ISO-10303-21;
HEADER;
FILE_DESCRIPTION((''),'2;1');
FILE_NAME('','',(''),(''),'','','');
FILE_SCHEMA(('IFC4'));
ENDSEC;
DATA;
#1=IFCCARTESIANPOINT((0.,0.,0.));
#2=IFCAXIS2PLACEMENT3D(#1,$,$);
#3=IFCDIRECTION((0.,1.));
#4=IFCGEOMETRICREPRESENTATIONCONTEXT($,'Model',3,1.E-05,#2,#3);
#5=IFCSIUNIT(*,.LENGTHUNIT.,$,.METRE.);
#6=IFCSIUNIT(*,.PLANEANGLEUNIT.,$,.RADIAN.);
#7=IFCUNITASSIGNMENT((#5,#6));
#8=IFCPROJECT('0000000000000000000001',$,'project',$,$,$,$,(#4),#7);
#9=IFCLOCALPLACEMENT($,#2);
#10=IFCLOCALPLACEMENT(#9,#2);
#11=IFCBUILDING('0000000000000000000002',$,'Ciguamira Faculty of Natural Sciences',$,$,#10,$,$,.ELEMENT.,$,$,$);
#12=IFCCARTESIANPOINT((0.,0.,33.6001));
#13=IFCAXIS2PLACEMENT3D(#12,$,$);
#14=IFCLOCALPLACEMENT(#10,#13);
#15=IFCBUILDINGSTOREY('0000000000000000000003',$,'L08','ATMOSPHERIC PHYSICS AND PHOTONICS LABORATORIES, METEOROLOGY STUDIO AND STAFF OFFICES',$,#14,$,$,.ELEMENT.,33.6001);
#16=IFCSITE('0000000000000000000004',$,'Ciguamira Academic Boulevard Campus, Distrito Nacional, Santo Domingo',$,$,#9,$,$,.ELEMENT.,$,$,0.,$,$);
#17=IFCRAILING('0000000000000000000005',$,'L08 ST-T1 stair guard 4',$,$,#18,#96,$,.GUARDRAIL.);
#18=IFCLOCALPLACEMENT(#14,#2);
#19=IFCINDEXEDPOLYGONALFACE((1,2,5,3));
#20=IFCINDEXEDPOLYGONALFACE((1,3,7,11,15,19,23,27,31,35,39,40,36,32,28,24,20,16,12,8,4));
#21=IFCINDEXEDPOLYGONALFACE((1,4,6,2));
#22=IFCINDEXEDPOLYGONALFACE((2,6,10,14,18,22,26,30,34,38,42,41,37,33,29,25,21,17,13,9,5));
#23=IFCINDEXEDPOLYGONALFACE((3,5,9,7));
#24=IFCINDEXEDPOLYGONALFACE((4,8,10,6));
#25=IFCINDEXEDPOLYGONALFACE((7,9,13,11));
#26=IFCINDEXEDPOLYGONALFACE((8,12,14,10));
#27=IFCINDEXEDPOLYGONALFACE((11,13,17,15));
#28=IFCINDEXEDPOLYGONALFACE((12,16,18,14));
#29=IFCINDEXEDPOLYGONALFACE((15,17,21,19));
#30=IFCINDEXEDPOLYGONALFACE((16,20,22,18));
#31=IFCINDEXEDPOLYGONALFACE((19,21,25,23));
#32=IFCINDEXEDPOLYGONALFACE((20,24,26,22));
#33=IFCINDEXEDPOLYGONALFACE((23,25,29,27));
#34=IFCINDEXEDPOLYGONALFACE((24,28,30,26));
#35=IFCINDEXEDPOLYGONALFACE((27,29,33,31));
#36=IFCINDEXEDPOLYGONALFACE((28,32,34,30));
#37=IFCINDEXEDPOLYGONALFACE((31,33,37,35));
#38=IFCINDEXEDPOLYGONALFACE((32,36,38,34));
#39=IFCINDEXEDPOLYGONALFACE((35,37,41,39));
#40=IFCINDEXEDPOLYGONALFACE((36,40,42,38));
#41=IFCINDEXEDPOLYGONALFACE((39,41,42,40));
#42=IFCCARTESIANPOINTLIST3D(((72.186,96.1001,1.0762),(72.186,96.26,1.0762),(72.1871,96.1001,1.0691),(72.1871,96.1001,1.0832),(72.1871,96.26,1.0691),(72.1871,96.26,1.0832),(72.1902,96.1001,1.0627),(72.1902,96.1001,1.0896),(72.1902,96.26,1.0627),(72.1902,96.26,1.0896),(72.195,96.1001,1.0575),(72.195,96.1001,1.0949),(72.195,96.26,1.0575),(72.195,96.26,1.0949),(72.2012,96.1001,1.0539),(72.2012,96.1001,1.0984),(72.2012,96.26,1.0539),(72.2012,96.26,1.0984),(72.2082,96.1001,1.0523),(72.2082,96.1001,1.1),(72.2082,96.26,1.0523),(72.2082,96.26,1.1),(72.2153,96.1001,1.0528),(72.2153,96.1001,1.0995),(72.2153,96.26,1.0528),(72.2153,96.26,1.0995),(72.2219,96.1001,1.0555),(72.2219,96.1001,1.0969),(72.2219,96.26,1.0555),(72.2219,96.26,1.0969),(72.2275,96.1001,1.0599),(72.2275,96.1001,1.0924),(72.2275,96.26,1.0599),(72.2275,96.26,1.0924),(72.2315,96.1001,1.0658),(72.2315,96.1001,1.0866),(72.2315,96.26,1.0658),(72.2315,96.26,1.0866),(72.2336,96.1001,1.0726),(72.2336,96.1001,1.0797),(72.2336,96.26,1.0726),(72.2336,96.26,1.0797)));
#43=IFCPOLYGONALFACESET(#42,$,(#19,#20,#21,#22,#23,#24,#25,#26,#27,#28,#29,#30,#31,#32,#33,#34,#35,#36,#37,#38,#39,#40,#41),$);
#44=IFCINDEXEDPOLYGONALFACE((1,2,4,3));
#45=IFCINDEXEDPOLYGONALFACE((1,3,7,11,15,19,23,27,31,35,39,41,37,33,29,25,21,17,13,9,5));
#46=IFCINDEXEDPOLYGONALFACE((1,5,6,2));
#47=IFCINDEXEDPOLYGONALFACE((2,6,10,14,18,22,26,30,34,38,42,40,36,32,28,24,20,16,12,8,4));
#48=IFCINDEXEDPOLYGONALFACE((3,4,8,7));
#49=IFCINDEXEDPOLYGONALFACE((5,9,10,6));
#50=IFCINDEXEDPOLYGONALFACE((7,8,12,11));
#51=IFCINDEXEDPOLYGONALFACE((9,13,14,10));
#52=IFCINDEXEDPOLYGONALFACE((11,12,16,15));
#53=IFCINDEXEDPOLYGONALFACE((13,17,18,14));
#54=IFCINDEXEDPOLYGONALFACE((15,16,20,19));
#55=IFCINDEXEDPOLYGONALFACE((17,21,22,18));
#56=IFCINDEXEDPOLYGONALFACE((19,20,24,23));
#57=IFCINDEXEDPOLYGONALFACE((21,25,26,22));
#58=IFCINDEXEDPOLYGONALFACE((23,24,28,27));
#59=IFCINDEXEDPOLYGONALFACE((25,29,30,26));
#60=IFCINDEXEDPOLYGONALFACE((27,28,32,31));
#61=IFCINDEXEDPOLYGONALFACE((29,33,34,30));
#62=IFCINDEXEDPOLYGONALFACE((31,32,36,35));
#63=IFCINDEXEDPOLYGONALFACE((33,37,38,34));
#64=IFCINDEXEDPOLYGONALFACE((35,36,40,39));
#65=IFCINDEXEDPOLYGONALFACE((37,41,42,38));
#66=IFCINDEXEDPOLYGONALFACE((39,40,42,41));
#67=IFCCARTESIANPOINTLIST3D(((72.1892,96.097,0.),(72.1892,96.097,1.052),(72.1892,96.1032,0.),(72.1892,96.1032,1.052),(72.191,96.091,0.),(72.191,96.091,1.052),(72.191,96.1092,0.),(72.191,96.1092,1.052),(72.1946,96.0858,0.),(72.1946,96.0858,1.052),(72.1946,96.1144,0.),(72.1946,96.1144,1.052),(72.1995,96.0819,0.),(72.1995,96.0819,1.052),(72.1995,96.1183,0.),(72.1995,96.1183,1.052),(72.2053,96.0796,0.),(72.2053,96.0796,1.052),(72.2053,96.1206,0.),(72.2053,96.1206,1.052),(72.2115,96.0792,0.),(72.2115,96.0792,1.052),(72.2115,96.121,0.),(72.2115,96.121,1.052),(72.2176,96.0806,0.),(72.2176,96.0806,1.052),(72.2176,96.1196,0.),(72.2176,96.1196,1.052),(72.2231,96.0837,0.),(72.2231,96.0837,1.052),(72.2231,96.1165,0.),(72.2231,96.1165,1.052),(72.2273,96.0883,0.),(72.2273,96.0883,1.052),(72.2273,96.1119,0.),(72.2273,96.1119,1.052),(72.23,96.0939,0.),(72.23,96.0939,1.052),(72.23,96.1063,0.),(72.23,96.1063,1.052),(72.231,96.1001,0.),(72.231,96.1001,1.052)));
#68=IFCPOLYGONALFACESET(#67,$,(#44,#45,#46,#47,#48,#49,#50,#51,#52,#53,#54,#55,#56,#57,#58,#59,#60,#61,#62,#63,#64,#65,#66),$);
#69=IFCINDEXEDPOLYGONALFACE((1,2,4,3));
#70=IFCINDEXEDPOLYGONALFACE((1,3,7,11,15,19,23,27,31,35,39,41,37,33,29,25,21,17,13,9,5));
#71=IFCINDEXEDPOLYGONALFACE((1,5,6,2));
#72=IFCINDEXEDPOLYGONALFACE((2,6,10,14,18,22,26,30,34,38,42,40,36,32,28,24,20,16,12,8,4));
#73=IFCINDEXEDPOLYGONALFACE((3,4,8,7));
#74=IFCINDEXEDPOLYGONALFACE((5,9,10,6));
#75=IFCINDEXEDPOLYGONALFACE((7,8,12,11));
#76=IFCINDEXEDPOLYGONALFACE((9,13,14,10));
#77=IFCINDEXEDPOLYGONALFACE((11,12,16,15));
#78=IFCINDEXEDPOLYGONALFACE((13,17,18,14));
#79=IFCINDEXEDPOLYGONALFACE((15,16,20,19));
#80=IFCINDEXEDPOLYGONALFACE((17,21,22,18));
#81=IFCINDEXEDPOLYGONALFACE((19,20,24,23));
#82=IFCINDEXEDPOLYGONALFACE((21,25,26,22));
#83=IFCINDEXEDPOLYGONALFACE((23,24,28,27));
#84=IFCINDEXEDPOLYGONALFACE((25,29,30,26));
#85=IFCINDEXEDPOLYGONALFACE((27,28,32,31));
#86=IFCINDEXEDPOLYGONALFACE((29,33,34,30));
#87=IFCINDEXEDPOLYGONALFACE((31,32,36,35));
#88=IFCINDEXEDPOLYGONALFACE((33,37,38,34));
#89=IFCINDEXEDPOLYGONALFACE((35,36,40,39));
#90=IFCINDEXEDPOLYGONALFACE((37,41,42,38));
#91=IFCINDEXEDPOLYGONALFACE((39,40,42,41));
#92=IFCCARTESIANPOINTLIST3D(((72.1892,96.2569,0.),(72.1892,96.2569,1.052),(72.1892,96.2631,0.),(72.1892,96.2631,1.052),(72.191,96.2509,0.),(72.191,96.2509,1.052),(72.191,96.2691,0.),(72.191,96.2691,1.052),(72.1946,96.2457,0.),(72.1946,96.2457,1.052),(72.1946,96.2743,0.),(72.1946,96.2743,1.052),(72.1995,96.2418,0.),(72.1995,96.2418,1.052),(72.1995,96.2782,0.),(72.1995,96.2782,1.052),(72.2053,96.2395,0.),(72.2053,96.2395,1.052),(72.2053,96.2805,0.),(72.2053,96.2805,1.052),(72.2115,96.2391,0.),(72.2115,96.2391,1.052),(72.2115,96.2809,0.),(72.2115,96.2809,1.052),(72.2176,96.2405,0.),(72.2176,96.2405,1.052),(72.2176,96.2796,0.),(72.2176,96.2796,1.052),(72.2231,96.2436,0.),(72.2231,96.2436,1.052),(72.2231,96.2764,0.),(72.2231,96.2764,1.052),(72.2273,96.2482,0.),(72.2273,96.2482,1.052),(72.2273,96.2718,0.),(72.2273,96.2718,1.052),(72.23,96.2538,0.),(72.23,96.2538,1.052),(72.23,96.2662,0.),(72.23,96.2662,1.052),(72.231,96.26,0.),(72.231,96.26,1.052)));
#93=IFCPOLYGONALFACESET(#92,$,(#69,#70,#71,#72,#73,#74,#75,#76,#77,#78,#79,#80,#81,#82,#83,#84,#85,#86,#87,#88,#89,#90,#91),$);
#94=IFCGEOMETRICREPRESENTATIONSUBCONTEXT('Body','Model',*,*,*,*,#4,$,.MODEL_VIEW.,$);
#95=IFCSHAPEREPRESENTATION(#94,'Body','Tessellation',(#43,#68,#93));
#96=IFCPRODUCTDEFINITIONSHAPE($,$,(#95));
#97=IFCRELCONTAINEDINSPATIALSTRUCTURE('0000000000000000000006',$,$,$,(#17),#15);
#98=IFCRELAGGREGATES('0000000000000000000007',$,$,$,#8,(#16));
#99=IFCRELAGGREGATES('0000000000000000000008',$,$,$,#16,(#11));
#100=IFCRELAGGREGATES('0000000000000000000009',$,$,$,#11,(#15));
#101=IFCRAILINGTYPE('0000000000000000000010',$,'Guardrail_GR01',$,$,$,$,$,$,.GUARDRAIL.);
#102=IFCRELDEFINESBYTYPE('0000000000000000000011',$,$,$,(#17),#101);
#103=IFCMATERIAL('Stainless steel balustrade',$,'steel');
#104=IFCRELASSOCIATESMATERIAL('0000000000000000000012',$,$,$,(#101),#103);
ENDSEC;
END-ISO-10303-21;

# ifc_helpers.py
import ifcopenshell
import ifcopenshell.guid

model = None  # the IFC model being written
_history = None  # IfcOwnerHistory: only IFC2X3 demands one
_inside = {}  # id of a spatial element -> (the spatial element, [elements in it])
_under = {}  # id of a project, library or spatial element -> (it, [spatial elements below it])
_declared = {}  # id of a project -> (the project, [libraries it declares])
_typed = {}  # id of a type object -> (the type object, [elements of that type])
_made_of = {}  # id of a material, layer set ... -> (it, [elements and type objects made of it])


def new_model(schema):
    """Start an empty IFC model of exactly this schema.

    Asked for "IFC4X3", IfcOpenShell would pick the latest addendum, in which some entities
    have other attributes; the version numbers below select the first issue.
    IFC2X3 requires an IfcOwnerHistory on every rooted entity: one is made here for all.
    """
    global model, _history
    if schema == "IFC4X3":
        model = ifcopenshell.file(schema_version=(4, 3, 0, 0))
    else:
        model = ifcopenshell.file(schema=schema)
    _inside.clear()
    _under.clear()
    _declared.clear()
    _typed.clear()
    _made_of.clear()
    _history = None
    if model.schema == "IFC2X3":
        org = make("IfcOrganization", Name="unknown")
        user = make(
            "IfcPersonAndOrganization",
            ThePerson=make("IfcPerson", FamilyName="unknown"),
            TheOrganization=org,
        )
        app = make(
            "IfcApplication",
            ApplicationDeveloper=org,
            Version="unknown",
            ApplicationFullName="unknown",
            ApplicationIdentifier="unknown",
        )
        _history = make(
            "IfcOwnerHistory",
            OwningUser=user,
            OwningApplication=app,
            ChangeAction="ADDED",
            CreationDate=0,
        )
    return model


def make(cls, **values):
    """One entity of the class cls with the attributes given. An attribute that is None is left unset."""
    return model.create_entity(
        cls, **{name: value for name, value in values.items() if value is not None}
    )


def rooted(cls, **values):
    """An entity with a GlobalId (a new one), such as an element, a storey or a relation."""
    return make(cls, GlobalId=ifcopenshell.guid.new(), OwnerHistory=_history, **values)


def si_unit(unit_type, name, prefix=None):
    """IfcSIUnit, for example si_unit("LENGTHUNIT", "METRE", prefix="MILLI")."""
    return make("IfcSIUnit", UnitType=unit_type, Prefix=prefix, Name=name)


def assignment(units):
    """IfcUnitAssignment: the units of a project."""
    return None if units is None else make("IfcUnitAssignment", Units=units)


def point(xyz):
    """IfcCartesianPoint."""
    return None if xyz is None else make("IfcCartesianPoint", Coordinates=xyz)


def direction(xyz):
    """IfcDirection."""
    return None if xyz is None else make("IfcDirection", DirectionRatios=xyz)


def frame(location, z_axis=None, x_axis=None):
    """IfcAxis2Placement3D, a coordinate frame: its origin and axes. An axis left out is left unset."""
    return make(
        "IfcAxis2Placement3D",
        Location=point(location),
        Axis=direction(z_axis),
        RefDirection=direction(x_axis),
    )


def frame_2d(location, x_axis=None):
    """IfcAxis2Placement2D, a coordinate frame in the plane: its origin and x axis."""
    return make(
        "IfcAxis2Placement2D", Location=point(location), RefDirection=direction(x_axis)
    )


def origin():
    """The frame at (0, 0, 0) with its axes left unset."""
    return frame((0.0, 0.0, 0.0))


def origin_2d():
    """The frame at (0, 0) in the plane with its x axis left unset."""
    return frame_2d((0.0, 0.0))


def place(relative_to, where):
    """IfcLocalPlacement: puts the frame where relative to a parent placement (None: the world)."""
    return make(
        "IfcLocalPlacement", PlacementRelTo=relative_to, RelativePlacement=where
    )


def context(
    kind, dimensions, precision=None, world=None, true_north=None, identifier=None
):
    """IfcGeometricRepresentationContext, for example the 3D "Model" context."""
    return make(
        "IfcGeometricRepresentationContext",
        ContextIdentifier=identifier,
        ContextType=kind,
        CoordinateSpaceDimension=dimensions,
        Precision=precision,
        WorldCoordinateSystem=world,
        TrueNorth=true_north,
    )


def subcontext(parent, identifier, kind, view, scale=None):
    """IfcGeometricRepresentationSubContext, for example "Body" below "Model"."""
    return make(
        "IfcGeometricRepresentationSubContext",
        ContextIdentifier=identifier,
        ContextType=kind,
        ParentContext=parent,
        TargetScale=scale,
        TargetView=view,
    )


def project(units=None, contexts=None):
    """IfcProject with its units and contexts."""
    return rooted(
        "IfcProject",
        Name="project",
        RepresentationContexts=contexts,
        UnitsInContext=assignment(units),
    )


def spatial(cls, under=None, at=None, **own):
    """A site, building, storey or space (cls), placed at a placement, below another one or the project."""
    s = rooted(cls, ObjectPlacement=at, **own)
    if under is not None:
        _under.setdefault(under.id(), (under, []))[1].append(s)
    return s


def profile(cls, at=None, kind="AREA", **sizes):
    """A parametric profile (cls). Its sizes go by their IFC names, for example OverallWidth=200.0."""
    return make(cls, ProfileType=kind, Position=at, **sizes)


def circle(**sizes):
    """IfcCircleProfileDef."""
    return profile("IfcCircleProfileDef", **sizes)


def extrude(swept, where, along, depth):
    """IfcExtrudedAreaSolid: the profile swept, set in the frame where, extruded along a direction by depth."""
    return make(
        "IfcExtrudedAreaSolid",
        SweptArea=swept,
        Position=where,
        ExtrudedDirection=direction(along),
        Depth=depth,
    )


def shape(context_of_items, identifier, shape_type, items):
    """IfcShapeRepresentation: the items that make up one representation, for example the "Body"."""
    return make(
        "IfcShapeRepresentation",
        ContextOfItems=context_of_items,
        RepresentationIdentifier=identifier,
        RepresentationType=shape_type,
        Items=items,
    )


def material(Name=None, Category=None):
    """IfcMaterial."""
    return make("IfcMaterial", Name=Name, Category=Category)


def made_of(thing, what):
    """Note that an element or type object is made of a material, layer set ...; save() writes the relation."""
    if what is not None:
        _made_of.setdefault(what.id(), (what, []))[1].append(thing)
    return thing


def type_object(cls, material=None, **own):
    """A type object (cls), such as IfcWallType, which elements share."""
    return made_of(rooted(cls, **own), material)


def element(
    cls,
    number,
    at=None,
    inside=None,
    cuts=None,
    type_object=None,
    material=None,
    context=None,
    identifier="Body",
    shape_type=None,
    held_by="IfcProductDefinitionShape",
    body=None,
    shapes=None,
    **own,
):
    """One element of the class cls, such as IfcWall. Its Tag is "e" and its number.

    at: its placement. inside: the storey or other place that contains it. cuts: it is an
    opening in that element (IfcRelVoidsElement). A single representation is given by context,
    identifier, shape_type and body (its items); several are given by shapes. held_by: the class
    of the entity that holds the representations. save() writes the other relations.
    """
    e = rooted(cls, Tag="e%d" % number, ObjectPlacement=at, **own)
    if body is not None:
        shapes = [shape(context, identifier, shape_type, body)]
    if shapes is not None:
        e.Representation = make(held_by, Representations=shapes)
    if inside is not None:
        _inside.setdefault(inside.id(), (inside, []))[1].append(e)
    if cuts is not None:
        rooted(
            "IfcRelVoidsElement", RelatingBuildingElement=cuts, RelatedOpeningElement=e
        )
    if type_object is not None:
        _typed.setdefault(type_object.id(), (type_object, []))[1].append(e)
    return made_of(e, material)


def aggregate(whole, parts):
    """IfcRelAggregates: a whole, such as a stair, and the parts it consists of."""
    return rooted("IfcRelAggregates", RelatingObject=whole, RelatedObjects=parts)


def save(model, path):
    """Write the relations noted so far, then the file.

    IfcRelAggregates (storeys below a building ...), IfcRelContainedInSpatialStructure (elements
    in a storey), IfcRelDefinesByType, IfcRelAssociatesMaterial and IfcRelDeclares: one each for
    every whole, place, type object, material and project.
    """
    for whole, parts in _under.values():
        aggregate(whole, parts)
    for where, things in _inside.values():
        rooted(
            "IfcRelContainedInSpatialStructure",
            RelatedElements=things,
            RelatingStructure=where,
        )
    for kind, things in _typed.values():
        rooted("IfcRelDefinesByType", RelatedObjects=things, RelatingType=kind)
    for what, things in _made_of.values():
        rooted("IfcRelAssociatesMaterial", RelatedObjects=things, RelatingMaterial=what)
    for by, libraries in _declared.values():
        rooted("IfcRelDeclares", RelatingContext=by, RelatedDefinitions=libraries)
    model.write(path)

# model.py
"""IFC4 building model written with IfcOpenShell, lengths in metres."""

from ifc_helpers import new_model, si_unit, direction, frame, origin, origin_2d, place, context, subcontext, project, spatial, circle, extrude, material, type_object, element, save


model = new_model("IFC4")

# Units and contexts
model_context = context("Model", 3, precision=1e-05, world=origin(), true_north=direction((0.0, 1.0)))
body_context = subcontext(model_context, "Body", "Model", "MODEL_VIEW")
ifc_project = project(units=[si_unit("LENGTHUNIT", "METRE"), si_unit("PLANEANGLEUNIT", "RADIAN")], contexts=[model_context])

# Site, building, storey
site_placement = place(None, origin())
site = spatial("IfcSite", under=ifc_project, at=site_placement, Name="Ciguamira Academic Boulevard Campus, Distrito Nacional, Santo Domingo", CompositionType="ELEMENT", RefElevation=0.0)
building_placement = place(site_placement, origin())
building = spatial("IfcBuilding", under=site, at=building_placement, Name="Ciguamira Faculty of Natural Sciences", CompositionType="ELEMENT")
storey_placement = place(building_placement, frame((0.0, 0.0, 33.6001)))
storey = spatial("IfcBuildingStorey", under=building, at=storey_placement, Name="L08", Description="ATMOSPHERIC PHYSICS AND PHOTONICS LABORATORIES, METEOROLOGY STUDIO AND STAFF OFFICES", CompositionType="ELEMENT", Elevation=33.6001)

# Railing
ifc_material_1 = material(Name="Stainless steel balustrade", Category="steel")
railing_type_1 = type_object("IfcRailingType", Name="Guardrail_GR01", PredefinedType="GUARDRAIL", material=ifc_material_1)
railing_1_placement = place(storey_placement, frame((72.21, 96.1001, 0.0)))
element("IfcRailing", 1, at=railing_1_placement, inside=storey, type_object=railing_type_1, Name="L08 ST-T1 stair guard 4", PredefinedType="GUARDRAIL", context=body_context, shape_type="SweptSolid", body=[
    extrude(circle(Radius=0.0239, at=origin_2d()), frame((0.0, 0.0, 1.0762), z_axis=(0.0, 1.0, 0.0), x_axis=(-1.0, 0.0, 0.0)), (0.0, 0.0, 1.0), 0.1599),
    extrude(circle(Radius=0.021, at=origin_2d()), origin(), (0.0, 0.0, 1.0), 1.052),
    extrude(circle(Radius=0.021, at=origin_2d()), frame((0.0, 0.1599, 0.0)), (0.0, 0.0, 1.0), 1.052),
])

save(model, "model.ifc")
